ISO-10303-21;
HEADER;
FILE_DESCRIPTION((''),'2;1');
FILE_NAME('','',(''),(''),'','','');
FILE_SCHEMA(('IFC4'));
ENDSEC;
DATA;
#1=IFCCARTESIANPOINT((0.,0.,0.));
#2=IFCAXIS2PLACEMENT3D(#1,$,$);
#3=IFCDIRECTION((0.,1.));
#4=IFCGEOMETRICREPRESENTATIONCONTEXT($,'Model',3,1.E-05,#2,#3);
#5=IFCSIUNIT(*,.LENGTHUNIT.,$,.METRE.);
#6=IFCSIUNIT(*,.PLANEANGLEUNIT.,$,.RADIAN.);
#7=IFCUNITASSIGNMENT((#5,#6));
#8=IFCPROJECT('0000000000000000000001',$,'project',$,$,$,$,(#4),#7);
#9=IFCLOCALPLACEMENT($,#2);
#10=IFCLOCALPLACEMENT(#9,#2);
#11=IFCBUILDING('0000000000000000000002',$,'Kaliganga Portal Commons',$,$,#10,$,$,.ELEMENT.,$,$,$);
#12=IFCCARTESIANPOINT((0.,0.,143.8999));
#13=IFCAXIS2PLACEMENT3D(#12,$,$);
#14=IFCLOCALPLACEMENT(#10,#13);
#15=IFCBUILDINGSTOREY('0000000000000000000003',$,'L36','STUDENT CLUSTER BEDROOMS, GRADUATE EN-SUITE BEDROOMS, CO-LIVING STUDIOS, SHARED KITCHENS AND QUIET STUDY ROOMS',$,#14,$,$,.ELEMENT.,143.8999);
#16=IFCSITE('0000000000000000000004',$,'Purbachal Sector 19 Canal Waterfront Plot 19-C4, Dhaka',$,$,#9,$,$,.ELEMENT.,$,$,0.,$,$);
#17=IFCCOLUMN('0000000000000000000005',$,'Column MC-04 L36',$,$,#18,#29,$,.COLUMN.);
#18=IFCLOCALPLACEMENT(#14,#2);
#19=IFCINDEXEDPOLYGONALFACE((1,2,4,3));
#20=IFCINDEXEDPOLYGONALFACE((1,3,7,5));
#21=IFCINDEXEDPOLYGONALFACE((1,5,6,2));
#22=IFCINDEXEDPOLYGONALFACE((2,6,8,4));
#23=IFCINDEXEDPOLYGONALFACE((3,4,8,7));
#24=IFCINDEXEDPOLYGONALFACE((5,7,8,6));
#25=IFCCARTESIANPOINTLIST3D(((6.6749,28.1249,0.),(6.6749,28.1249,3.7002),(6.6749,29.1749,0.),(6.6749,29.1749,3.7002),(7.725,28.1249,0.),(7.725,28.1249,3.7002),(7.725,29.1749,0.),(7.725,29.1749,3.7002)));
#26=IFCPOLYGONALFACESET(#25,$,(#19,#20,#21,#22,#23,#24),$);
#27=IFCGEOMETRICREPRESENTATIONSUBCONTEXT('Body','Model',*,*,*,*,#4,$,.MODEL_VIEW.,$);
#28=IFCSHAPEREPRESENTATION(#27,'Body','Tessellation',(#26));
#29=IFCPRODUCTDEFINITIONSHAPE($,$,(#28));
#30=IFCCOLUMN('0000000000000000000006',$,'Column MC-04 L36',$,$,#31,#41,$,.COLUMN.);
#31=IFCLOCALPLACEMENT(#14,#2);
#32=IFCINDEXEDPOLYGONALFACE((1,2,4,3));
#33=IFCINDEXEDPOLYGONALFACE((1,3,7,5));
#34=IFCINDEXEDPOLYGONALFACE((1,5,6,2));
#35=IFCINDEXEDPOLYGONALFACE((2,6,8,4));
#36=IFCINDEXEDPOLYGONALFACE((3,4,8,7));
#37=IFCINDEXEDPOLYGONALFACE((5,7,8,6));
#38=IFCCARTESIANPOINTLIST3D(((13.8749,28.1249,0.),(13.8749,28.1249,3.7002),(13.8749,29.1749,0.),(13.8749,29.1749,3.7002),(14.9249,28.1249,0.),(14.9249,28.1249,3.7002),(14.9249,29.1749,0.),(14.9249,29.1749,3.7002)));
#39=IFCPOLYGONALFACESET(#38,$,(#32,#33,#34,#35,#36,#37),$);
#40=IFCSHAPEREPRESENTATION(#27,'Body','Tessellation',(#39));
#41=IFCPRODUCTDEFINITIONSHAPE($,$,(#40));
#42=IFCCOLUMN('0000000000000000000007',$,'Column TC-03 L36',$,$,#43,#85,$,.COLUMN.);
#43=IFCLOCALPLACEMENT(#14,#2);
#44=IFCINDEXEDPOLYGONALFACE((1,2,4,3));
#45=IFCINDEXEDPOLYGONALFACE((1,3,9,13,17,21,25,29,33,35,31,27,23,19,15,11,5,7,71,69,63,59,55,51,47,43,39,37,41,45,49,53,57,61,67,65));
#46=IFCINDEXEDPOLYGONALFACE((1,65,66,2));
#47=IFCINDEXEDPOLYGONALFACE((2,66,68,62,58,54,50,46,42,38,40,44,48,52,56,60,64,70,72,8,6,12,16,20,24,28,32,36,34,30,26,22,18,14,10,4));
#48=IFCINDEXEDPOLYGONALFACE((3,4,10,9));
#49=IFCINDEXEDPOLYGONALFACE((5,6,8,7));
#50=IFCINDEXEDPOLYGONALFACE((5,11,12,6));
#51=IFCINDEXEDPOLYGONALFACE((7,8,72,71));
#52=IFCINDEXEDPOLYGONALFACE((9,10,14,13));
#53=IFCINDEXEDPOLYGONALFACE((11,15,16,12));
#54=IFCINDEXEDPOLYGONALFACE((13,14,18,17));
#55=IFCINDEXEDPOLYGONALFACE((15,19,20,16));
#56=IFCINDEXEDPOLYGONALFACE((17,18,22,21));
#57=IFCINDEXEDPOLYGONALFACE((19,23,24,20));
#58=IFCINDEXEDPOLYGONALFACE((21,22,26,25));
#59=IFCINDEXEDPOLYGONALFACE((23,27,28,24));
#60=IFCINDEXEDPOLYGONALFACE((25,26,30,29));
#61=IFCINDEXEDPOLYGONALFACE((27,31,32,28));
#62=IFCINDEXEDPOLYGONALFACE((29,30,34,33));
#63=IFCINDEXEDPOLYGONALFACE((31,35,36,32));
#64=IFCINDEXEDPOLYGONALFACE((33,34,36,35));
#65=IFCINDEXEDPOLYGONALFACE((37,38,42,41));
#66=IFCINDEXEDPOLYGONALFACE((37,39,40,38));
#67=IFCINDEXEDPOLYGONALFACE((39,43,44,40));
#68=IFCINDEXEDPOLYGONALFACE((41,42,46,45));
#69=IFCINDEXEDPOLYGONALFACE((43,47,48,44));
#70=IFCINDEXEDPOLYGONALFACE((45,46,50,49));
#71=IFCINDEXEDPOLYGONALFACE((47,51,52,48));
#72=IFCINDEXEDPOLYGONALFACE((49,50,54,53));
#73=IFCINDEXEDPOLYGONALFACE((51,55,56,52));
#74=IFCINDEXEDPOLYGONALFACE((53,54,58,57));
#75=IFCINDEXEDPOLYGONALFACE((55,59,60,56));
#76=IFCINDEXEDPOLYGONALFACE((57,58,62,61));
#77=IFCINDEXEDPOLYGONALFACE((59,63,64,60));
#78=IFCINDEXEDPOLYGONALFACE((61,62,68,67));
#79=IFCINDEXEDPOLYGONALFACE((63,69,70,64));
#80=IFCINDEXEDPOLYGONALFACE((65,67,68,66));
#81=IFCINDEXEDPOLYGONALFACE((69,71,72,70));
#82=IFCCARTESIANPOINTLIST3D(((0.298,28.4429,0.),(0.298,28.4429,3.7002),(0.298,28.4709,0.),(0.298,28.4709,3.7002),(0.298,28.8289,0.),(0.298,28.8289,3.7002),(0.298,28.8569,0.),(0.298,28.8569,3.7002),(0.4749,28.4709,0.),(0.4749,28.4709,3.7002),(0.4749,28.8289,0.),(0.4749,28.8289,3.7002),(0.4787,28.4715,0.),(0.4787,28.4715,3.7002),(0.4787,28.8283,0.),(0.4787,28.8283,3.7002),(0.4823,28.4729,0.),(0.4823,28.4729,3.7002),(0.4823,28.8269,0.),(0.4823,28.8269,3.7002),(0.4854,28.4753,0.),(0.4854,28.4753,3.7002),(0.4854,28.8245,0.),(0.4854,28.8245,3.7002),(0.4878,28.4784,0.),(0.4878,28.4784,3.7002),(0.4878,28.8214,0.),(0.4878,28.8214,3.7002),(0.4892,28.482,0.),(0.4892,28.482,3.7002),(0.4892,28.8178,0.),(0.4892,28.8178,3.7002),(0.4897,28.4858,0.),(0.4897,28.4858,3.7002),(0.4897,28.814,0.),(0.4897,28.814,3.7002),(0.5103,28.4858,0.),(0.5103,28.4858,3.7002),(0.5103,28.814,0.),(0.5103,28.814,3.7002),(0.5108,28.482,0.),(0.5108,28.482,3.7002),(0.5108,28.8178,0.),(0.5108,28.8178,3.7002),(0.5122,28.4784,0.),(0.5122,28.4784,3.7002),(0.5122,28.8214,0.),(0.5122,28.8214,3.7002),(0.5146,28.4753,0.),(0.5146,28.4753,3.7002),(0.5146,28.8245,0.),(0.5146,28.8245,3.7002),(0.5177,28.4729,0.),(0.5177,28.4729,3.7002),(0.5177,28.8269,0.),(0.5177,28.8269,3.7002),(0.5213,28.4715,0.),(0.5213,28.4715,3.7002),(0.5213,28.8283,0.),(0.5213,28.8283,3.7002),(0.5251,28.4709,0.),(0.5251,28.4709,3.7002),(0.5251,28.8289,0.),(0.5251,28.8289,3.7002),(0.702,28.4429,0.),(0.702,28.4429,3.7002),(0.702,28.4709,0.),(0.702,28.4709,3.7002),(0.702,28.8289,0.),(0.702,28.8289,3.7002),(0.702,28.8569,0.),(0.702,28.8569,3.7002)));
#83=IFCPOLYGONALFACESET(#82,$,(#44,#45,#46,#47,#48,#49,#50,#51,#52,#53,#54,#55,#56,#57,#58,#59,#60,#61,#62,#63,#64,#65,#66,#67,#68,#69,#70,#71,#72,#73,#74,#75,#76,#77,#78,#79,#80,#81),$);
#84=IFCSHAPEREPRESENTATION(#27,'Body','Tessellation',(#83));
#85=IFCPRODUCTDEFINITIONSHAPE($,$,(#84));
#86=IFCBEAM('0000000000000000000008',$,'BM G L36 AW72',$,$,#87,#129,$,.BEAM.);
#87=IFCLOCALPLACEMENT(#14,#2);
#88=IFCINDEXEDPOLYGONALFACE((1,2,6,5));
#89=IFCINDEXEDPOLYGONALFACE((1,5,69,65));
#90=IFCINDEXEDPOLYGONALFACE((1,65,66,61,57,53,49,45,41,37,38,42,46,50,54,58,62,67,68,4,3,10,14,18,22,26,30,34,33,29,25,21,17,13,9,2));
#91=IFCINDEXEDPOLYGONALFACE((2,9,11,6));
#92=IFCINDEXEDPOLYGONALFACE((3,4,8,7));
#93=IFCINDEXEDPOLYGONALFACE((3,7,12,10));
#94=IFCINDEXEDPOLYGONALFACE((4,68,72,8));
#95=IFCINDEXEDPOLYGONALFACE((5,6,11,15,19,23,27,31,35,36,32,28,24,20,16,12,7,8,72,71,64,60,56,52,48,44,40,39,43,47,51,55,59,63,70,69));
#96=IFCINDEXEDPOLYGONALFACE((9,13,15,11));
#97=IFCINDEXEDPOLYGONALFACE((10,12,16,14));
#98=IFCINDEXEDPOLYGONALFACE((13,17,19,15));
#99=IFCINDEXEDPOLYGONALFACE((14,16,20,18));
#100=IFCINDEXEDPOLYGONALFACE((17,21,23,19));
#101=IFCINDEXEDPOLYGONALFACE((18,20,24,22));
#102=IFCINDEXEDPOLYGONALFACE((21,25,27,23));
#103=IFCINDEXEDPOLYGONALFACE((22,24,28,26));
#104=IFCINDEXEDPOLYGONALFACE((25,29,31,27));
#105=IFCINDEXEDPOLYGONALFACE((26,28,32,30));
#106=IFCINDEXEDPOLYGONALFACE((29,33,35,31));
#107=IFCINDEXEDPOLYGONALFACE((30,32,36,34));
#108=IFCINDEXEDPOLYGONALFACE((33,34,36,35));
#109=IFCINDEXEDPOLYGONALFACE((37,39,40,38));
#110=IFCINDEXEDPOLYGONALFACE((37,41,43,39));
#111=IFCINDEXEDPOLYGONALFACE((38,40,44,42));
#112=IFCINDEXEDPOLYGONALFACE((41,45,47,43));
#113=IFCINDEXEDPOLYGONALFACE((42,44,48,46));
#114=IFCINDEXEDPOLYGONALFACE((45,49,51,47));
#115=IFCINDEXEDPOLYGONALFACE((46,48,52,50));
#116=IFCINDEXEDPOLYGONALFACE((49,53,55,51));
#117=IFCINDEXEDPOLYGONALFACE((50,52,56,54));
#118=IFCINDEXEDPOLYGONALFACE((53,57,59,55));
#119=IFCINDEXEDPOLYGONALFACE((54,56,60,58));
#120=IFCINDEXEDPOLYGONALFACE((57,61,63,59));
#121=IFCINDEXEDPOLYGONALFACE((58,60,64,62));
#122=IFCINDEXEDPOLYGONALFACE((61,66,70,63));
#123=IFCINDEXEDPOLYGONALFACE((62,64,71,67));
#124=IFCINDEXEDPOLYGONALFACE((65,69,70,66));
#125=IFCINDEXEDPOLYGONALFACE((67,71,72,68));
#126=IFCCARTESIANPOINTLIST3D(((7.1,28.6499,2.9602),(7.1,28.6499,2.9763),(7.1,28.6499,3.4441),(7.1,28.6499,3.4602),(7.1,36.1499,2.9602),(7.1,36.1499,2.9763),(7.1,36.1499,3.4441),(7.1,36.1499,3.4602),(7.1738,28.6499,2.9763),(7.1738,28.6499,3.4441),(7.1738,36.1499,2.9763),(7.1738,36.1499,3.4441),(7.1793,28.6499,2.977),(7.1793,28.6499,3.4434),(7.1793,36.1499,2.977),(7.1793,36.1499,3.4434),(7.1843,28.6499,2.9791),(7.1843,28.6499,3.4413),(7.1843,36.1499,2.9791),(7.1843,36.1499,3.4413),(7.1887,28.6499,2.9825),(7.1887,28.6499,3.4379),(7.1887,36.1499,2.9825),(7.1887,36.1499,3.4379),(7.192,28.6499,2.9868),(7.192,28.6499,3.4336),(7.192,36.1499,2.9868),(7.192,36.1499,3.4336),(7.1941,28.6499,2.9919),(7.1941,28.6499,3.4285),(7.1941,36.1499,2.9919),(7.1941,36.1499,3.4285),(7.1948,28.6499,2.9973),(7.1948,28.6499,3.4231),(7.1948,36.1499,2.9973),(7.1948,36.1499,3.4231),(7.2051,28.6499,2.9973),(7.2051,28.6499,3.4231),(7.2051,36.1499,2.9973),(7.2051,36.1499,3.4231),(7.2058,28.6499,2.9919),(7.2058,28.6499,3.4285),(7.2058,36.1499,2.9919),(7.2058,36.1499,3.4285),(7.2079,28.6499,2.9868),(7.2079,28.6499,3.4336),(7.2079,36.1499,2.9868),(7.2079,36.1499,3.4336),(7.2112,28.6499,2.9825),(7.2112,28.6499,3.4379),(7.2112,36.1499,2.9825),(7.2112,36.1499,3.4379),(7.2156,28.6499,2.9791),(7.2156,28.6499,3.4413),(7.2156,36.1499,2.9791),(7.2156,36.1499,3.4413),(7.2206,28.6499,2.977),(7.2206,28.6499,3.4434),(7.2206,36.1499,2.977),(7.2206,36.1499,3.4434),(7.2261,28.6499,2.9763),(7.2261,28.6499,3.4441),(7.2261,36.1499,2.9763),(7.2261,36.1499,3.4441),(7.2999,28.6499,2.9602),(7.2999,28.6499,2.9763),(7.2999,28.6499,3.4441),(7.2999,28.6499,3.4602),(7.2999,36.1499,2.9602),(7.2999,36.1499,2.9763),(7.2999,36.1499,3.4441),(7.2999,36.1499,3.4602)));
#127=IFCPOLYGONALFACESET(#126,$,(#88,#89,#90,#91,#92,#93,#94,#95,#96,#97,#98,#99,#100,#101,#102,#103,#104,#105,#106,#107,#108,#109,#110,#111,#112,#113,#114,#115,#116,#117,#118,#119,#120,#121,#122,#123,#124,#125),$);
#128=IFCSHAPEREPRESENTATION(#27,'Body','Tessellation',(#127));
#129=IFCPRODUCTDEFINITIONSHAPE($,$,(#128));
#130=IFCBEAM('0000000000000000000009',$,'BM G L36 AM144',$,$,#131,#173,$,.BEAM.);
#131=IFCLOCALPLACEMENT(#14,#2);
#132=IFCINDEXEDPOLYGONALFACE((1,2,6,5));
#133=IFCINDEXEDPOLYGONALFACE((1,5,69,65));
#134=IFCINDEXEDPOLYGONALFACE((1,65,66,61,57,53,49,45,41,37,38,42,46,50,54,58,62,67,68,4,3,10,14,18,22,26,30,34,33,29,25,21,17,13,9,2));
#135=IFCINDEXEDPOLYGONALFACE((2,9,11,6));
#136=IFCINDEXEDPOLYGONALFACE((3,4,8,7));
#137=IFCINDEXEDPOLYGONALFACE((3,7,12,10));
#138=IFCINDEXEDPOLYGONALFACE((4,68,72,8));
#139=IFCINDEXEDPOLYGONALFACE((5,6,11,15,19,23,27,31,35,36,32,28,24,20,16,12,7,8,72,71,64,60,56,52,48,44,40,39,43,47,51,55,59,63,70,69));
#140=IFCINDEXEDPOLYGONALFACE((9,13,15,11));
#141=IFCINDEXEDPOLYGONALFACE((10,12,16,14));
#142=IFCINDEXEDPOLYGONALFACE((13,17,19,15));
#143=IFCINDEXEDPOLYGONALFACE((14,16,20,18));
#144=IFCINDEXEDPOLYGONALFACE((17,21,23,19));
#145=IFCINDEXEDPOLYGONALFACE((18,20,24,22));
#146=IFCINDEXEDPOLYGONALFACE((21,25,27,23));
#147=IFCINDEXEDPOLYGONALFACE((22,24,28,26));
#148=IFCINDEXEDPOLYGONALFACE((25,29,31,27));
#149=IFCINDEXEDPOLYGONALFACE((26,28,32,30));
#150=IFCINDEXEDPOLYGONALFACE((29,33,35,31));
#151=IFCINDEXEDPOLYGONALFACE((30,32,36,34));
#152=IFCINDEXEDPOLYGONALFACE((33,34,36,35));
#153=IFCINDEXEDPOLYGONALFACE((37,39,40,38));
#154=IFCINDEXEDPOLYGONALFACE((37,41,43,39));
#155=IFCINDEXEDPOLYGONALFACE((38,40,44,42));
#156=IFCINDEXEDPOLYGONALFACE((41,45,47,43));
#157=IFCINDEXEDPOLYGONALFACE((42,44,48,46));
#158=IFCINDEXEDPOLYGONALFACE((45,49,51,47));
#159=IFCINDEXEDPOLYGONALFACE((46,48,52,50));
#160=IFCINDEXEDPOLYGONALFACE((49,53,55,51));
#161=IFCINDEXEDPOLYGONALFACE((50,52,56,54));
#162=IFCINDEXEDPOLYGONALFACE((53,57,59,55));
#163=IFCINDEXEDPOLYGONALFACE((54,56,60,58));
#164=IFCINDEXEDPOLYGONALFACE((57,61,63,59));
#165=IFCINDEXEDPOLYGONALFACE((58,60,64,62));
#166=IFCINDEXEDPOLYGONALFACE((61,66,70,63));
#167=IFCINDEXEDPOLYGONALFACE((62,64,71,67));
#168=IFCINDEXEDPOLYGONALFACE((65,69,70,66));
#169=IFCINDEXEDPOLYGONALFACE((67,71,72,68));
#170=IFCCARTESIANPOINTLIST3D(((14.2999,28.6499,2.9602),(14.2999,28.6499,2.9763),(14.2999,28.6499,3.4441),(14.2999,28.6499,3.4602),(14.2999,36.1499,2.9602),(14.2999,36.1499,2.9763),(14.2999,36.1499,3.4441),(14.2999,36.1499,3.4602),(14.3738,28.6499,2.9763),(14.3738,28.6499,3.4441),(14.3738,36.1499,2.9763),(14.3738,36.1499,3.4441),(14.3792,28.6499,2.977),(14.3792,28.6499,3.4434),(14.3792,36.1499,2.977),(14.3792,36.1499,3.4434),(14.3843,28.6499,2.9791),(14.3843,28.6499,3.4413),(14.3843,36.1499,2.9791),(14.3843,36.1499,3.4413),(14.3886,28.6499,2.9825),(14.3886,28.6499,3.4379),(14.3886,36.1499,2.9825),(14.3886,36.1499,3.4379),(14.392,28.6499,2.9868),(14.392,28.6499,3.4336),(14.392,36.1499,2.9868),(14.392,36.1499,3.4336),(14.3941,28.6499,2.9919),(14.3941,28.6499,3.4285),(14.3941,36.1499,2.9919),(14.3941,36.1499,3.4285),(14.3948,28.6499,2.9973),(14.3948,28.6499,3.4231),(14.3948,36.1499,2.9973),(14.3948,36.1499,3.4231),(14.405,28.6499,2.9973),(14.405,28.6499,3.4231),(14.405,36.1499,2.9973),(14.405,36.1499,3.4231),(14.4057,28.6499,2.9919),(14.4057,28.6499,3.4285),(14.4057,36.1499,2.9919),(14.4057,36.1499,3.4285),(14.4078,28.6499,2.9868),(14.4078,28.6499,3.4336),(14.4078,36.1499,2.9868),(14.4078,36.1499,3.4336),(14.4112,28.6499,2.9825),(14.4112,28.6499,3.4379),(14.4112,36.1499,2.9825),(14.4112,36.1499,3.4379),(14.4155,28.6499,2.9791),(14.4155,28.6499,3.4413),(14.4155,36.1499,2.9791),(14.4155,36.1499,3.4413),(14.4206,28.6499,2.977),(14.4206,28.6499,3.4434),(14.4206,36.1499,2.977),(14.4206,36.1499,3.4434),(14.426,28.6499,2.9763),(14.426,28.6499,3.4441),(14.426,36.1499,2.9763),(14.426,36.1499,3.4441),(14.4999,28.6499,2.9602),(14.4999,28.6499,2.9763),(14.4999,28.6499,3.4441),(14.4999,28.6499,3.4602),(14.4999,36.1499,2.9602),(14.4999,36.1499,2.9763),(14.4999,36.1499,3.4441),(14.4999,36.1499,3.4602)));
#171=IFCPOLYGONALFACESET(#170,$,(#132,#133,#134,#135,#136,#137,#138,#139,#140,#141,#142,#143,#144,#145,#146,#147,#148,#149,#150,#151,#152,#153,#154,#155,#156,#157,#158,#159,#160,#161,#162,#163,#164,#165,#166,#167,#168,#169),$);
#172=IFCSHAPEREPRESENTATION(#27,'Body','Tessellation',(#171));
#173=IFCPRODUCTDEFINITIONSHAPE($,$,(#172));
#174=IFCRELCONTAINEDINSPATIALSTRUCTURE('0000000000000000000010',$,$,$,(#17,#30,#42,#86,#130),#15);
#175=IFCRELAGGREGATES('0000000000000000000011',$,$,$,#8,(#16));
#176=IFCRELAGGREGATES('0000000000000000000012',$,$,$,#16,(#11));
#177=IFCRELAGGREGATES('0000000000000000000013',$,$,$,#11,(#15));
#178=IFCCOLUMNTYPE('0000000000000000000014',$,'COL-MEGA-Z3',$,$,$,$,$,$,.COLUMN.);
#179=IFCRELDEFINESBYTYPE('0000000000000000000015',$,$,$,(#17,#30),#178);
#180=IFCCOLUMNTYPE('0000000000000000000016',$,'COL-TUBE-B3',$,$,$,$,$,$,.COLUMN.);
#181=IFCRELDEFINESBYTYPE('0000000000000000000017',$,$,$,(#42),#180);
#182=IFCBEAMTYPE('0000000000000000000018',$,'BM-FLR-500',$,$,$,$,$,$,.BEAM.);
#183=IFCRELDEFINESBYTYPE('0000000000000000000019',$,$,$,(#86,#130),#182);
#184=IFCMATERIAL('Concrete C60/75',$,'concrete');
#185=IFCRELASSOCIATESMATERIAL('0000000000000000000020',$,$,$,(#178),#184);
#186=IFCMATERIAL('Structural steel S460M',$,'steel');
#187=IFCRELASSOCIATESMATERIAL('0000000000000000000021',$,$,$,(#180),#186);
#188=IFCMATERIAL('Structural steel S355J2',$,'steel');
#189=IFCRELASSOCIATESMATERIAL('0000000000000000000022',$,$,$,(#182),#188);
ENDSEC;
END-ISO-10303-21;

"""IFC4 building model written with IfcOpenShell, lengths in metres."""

from ifc_helpers import new_model, si_unit, direction, frame, origin, origin_2d, place, context, subcontext, project, spatial, rectangle, i_section, extrude, source, transform, mapped, material, material_profile, profile_set, type_object, element, save


model = new_model("IFC4")

# Units and contexts
model_context = context("Model", 3, precision=1e-05, world=origin(), true_north=direction((0.0, 1.0)))
body_context = subcontext(model_context, "Body", "Model", "MODEL_VIEW")
ifc_project = project(units=[si_unit("LENGTHUNIT", "METRE"), si_unit("PLANEANGLEUNIT", "RADIAN")], contexts=[model_context])

# Site, building, storey
site_placement = place(None, origin())
site = spatial("IfcSite", under=ifc_project, at=site_placement, Name="Purbachal Sector 19 Canal Waterfront Plot 19-C4, Dhaka", CompositionType="ELEMENT", RefElevation=0.0)
building_placement = place(site_placement, origin())
building = spatial("IfcBuilding", under=site, at=building_placement, Name="Kaliganga Portal Commons", CompositionType="ELEMENT")
storey_placement = place(building_placement, frame((0.0, 0.0, 143.8999)))
storey = spatial("IfcBuildingStorey", under=building, at=storey_placement, Name="L36", Description="STUDENT CLUSTER BEDROOMS, GRADUATE EN-SUITE BEDROOMS, CO-LIVING STUDIOS, SHARED KITCHENS AND QUIET STUDY ROOMS", CompositionType="ELEMENT", Elevation=143.8999)

# Columns
ifc_material_1 = material(Name="Concrete C60/75", Category="concrete")
ifc_material_profile_1 = material_profile(ifc_material_1, rectangle(XDim=1.05, YDim=1.05, at=origin_2d()), Name="RC 1050x1050")
ifc_profile_set_1 = profile_set([ifc_material_profile_1], Name="Concrete C60/75")
column_type_1 = type_object("IfcColumnType", Name="COL-MEGA-Z3", PredefinedType="COLUMN", material=ifc_profile_set_1)
shared_shape_1 = source(origin(), body_context, "Body", "SweptSolid", [
    extrude(rectangle(XDim=1.05, YDim=1.05, at=origin_2d()), origin(), (0.0, 0.0, 1.0), 3.7002),
])
for number, where, z_axis, x_axis, name in (
    (1, (7.2, 28.6499, 0.0), (0.0, 0.0, 1.0), (1.0, 0.0, 0.0), "Column MC-04 L36"),
    (2, (14.3999, 28.6499, 0.0), (0.0, 0.0, 1.0), (1.0, 0.0, 0.0), "Column MC-04 L36"),
):
    element("IfcColumn", number, at=place(storey_placement, frame(where, z_axis=z_axis, x_axis=x_axis)), inside=storey, type_object=column_type_1, Name=name, PredefinedType="COLUMN", context=body_context, shape_type="MappedRepresentation", body=[
        mapped(shared_shape_1, transform((0.0, 0.0, 0.0), x_axis=(1.0, 0.0, 0.0), y_axis=(0.0, 1.0, 0.0), z_axis=(0.0, 0.0, 1.0), scale=1.0)),
    ])
ifc_material_2 = material(Name="Structural steel S460M", Category="steel")
ifc_material_profile_2 = material_profile(ifc_material_2, i_section(OverallWidth=0.4041, OverallDepth=0.4141, WebThickness=0.0205, FlangeThickness=0.0281, FilletRadius=0.0149, at=origin_2d()), Name="HD 400x347")
ifc_profile_set_2 = profile_set([ifc_material_profile_2], Name="Structural steel S460M wide-flange")
column_type_2 = type_object("IfcColumnType", Name="COL-TUBE-B3", PredefinedType="COLUMN", material=ifc_profile_set_2)
shared_shape_2 = source(origin(), body_context, "Body", "SweptSolid", [
    extrude(i_section(OverallWidth=0.4041, OverallDepth=0.4141, WebThickness=0.0205, FlangeThickness=0.0281, FilletRadius=0.0149, at=origin_2d()), origin(), (0.0, 0.0, 1.0), 3.7002),
])
column_placement = place(storey_placement, frame((0.5, 28.6499, 0.0), z_axis=(0.0, 0.0, 1.0), x_axis=(1.0, 0.0, 0.0)))
element("IfcColumn", 3, at=column_placement, inside=storey, type_object=column_type_2, Name="Column TC-03 L36", PredefinedType="COLUMN", context=body_context, shape_type="MappedRepresentation", body=[
    mapped(shared_shape_2, transform((0.0, 0.0, 0.0), x_axis=(1.0, 0.0, 0.0), y_axis=(0.0, 1.0, 0.0), z_axis=(0.0, 0.0, 1.0), scale=1.0)),
])

# Beams
ifc_material_3 = material(Name="Structural steel S355J2", Category="steel")
ifc_material_profile_3 = material_profile(ifc_material_3, i_section(OverallWidth=0.2, OverallDepth=0.5, WebThickness=0.0103, FlangeThickness=0.0161, FilletRadius=0.021, at=origin_2d()), Name="IPE 500")
ifc_profile_set_3 = profile_set([ifc_material_profile_3], Name="Structural steel S355J2 wide-flange")
beam_type_1 = type_object("IfcBeamType", Name="BM-FLR-500", PredefinedType="BEAM", material=ifc_profile_set_3)
shared_shape_3 = source(origin(), body_context, "Body", "SweptSolid", [
    extrude(i_section(OverallWidth=0.2, OverallDepth=0.5, WebThickness=0.0103, FlangeThickness=0.0161, FilletRadius=0.021, at=origin_2d()), origin(), (0.0, 0.0, 1.0), 7.5),
])
for number, where, z_axis, x_axis, name in (
    (4, (7.2, 28.6499, 3.2102), (0.0, 1.0, 0.0), (-1.0, 0.0, 0.0), "BM G L36 AW72"),
    (5, (14.3999, 28.6499, 3.2102), (0.0, 1.0, 0.0), (-1.0, 0.0, 0.0), "BM G L36 AM144"),
):
    element("IfcBeam", number, at=place(storey_placement, frame(where, z_axis=z_axis, x_axis=x_axis)), inside=storey, type_object=beam_type_1, Name=name, PredefinedType="BEAM", context=body_context, shape_type="MappedRepresentation", body=[
        mapped(shared_shape_3, transform((0.0, 0.0, 0.0), x_axis=(1.0, 0.0, 0.0), y_axis=(0.0, 1.0, 0.0), z_axis=(0.0, 0.0, 1.0), scale=1.0)),
    ])

save(model, "model.ifc")
